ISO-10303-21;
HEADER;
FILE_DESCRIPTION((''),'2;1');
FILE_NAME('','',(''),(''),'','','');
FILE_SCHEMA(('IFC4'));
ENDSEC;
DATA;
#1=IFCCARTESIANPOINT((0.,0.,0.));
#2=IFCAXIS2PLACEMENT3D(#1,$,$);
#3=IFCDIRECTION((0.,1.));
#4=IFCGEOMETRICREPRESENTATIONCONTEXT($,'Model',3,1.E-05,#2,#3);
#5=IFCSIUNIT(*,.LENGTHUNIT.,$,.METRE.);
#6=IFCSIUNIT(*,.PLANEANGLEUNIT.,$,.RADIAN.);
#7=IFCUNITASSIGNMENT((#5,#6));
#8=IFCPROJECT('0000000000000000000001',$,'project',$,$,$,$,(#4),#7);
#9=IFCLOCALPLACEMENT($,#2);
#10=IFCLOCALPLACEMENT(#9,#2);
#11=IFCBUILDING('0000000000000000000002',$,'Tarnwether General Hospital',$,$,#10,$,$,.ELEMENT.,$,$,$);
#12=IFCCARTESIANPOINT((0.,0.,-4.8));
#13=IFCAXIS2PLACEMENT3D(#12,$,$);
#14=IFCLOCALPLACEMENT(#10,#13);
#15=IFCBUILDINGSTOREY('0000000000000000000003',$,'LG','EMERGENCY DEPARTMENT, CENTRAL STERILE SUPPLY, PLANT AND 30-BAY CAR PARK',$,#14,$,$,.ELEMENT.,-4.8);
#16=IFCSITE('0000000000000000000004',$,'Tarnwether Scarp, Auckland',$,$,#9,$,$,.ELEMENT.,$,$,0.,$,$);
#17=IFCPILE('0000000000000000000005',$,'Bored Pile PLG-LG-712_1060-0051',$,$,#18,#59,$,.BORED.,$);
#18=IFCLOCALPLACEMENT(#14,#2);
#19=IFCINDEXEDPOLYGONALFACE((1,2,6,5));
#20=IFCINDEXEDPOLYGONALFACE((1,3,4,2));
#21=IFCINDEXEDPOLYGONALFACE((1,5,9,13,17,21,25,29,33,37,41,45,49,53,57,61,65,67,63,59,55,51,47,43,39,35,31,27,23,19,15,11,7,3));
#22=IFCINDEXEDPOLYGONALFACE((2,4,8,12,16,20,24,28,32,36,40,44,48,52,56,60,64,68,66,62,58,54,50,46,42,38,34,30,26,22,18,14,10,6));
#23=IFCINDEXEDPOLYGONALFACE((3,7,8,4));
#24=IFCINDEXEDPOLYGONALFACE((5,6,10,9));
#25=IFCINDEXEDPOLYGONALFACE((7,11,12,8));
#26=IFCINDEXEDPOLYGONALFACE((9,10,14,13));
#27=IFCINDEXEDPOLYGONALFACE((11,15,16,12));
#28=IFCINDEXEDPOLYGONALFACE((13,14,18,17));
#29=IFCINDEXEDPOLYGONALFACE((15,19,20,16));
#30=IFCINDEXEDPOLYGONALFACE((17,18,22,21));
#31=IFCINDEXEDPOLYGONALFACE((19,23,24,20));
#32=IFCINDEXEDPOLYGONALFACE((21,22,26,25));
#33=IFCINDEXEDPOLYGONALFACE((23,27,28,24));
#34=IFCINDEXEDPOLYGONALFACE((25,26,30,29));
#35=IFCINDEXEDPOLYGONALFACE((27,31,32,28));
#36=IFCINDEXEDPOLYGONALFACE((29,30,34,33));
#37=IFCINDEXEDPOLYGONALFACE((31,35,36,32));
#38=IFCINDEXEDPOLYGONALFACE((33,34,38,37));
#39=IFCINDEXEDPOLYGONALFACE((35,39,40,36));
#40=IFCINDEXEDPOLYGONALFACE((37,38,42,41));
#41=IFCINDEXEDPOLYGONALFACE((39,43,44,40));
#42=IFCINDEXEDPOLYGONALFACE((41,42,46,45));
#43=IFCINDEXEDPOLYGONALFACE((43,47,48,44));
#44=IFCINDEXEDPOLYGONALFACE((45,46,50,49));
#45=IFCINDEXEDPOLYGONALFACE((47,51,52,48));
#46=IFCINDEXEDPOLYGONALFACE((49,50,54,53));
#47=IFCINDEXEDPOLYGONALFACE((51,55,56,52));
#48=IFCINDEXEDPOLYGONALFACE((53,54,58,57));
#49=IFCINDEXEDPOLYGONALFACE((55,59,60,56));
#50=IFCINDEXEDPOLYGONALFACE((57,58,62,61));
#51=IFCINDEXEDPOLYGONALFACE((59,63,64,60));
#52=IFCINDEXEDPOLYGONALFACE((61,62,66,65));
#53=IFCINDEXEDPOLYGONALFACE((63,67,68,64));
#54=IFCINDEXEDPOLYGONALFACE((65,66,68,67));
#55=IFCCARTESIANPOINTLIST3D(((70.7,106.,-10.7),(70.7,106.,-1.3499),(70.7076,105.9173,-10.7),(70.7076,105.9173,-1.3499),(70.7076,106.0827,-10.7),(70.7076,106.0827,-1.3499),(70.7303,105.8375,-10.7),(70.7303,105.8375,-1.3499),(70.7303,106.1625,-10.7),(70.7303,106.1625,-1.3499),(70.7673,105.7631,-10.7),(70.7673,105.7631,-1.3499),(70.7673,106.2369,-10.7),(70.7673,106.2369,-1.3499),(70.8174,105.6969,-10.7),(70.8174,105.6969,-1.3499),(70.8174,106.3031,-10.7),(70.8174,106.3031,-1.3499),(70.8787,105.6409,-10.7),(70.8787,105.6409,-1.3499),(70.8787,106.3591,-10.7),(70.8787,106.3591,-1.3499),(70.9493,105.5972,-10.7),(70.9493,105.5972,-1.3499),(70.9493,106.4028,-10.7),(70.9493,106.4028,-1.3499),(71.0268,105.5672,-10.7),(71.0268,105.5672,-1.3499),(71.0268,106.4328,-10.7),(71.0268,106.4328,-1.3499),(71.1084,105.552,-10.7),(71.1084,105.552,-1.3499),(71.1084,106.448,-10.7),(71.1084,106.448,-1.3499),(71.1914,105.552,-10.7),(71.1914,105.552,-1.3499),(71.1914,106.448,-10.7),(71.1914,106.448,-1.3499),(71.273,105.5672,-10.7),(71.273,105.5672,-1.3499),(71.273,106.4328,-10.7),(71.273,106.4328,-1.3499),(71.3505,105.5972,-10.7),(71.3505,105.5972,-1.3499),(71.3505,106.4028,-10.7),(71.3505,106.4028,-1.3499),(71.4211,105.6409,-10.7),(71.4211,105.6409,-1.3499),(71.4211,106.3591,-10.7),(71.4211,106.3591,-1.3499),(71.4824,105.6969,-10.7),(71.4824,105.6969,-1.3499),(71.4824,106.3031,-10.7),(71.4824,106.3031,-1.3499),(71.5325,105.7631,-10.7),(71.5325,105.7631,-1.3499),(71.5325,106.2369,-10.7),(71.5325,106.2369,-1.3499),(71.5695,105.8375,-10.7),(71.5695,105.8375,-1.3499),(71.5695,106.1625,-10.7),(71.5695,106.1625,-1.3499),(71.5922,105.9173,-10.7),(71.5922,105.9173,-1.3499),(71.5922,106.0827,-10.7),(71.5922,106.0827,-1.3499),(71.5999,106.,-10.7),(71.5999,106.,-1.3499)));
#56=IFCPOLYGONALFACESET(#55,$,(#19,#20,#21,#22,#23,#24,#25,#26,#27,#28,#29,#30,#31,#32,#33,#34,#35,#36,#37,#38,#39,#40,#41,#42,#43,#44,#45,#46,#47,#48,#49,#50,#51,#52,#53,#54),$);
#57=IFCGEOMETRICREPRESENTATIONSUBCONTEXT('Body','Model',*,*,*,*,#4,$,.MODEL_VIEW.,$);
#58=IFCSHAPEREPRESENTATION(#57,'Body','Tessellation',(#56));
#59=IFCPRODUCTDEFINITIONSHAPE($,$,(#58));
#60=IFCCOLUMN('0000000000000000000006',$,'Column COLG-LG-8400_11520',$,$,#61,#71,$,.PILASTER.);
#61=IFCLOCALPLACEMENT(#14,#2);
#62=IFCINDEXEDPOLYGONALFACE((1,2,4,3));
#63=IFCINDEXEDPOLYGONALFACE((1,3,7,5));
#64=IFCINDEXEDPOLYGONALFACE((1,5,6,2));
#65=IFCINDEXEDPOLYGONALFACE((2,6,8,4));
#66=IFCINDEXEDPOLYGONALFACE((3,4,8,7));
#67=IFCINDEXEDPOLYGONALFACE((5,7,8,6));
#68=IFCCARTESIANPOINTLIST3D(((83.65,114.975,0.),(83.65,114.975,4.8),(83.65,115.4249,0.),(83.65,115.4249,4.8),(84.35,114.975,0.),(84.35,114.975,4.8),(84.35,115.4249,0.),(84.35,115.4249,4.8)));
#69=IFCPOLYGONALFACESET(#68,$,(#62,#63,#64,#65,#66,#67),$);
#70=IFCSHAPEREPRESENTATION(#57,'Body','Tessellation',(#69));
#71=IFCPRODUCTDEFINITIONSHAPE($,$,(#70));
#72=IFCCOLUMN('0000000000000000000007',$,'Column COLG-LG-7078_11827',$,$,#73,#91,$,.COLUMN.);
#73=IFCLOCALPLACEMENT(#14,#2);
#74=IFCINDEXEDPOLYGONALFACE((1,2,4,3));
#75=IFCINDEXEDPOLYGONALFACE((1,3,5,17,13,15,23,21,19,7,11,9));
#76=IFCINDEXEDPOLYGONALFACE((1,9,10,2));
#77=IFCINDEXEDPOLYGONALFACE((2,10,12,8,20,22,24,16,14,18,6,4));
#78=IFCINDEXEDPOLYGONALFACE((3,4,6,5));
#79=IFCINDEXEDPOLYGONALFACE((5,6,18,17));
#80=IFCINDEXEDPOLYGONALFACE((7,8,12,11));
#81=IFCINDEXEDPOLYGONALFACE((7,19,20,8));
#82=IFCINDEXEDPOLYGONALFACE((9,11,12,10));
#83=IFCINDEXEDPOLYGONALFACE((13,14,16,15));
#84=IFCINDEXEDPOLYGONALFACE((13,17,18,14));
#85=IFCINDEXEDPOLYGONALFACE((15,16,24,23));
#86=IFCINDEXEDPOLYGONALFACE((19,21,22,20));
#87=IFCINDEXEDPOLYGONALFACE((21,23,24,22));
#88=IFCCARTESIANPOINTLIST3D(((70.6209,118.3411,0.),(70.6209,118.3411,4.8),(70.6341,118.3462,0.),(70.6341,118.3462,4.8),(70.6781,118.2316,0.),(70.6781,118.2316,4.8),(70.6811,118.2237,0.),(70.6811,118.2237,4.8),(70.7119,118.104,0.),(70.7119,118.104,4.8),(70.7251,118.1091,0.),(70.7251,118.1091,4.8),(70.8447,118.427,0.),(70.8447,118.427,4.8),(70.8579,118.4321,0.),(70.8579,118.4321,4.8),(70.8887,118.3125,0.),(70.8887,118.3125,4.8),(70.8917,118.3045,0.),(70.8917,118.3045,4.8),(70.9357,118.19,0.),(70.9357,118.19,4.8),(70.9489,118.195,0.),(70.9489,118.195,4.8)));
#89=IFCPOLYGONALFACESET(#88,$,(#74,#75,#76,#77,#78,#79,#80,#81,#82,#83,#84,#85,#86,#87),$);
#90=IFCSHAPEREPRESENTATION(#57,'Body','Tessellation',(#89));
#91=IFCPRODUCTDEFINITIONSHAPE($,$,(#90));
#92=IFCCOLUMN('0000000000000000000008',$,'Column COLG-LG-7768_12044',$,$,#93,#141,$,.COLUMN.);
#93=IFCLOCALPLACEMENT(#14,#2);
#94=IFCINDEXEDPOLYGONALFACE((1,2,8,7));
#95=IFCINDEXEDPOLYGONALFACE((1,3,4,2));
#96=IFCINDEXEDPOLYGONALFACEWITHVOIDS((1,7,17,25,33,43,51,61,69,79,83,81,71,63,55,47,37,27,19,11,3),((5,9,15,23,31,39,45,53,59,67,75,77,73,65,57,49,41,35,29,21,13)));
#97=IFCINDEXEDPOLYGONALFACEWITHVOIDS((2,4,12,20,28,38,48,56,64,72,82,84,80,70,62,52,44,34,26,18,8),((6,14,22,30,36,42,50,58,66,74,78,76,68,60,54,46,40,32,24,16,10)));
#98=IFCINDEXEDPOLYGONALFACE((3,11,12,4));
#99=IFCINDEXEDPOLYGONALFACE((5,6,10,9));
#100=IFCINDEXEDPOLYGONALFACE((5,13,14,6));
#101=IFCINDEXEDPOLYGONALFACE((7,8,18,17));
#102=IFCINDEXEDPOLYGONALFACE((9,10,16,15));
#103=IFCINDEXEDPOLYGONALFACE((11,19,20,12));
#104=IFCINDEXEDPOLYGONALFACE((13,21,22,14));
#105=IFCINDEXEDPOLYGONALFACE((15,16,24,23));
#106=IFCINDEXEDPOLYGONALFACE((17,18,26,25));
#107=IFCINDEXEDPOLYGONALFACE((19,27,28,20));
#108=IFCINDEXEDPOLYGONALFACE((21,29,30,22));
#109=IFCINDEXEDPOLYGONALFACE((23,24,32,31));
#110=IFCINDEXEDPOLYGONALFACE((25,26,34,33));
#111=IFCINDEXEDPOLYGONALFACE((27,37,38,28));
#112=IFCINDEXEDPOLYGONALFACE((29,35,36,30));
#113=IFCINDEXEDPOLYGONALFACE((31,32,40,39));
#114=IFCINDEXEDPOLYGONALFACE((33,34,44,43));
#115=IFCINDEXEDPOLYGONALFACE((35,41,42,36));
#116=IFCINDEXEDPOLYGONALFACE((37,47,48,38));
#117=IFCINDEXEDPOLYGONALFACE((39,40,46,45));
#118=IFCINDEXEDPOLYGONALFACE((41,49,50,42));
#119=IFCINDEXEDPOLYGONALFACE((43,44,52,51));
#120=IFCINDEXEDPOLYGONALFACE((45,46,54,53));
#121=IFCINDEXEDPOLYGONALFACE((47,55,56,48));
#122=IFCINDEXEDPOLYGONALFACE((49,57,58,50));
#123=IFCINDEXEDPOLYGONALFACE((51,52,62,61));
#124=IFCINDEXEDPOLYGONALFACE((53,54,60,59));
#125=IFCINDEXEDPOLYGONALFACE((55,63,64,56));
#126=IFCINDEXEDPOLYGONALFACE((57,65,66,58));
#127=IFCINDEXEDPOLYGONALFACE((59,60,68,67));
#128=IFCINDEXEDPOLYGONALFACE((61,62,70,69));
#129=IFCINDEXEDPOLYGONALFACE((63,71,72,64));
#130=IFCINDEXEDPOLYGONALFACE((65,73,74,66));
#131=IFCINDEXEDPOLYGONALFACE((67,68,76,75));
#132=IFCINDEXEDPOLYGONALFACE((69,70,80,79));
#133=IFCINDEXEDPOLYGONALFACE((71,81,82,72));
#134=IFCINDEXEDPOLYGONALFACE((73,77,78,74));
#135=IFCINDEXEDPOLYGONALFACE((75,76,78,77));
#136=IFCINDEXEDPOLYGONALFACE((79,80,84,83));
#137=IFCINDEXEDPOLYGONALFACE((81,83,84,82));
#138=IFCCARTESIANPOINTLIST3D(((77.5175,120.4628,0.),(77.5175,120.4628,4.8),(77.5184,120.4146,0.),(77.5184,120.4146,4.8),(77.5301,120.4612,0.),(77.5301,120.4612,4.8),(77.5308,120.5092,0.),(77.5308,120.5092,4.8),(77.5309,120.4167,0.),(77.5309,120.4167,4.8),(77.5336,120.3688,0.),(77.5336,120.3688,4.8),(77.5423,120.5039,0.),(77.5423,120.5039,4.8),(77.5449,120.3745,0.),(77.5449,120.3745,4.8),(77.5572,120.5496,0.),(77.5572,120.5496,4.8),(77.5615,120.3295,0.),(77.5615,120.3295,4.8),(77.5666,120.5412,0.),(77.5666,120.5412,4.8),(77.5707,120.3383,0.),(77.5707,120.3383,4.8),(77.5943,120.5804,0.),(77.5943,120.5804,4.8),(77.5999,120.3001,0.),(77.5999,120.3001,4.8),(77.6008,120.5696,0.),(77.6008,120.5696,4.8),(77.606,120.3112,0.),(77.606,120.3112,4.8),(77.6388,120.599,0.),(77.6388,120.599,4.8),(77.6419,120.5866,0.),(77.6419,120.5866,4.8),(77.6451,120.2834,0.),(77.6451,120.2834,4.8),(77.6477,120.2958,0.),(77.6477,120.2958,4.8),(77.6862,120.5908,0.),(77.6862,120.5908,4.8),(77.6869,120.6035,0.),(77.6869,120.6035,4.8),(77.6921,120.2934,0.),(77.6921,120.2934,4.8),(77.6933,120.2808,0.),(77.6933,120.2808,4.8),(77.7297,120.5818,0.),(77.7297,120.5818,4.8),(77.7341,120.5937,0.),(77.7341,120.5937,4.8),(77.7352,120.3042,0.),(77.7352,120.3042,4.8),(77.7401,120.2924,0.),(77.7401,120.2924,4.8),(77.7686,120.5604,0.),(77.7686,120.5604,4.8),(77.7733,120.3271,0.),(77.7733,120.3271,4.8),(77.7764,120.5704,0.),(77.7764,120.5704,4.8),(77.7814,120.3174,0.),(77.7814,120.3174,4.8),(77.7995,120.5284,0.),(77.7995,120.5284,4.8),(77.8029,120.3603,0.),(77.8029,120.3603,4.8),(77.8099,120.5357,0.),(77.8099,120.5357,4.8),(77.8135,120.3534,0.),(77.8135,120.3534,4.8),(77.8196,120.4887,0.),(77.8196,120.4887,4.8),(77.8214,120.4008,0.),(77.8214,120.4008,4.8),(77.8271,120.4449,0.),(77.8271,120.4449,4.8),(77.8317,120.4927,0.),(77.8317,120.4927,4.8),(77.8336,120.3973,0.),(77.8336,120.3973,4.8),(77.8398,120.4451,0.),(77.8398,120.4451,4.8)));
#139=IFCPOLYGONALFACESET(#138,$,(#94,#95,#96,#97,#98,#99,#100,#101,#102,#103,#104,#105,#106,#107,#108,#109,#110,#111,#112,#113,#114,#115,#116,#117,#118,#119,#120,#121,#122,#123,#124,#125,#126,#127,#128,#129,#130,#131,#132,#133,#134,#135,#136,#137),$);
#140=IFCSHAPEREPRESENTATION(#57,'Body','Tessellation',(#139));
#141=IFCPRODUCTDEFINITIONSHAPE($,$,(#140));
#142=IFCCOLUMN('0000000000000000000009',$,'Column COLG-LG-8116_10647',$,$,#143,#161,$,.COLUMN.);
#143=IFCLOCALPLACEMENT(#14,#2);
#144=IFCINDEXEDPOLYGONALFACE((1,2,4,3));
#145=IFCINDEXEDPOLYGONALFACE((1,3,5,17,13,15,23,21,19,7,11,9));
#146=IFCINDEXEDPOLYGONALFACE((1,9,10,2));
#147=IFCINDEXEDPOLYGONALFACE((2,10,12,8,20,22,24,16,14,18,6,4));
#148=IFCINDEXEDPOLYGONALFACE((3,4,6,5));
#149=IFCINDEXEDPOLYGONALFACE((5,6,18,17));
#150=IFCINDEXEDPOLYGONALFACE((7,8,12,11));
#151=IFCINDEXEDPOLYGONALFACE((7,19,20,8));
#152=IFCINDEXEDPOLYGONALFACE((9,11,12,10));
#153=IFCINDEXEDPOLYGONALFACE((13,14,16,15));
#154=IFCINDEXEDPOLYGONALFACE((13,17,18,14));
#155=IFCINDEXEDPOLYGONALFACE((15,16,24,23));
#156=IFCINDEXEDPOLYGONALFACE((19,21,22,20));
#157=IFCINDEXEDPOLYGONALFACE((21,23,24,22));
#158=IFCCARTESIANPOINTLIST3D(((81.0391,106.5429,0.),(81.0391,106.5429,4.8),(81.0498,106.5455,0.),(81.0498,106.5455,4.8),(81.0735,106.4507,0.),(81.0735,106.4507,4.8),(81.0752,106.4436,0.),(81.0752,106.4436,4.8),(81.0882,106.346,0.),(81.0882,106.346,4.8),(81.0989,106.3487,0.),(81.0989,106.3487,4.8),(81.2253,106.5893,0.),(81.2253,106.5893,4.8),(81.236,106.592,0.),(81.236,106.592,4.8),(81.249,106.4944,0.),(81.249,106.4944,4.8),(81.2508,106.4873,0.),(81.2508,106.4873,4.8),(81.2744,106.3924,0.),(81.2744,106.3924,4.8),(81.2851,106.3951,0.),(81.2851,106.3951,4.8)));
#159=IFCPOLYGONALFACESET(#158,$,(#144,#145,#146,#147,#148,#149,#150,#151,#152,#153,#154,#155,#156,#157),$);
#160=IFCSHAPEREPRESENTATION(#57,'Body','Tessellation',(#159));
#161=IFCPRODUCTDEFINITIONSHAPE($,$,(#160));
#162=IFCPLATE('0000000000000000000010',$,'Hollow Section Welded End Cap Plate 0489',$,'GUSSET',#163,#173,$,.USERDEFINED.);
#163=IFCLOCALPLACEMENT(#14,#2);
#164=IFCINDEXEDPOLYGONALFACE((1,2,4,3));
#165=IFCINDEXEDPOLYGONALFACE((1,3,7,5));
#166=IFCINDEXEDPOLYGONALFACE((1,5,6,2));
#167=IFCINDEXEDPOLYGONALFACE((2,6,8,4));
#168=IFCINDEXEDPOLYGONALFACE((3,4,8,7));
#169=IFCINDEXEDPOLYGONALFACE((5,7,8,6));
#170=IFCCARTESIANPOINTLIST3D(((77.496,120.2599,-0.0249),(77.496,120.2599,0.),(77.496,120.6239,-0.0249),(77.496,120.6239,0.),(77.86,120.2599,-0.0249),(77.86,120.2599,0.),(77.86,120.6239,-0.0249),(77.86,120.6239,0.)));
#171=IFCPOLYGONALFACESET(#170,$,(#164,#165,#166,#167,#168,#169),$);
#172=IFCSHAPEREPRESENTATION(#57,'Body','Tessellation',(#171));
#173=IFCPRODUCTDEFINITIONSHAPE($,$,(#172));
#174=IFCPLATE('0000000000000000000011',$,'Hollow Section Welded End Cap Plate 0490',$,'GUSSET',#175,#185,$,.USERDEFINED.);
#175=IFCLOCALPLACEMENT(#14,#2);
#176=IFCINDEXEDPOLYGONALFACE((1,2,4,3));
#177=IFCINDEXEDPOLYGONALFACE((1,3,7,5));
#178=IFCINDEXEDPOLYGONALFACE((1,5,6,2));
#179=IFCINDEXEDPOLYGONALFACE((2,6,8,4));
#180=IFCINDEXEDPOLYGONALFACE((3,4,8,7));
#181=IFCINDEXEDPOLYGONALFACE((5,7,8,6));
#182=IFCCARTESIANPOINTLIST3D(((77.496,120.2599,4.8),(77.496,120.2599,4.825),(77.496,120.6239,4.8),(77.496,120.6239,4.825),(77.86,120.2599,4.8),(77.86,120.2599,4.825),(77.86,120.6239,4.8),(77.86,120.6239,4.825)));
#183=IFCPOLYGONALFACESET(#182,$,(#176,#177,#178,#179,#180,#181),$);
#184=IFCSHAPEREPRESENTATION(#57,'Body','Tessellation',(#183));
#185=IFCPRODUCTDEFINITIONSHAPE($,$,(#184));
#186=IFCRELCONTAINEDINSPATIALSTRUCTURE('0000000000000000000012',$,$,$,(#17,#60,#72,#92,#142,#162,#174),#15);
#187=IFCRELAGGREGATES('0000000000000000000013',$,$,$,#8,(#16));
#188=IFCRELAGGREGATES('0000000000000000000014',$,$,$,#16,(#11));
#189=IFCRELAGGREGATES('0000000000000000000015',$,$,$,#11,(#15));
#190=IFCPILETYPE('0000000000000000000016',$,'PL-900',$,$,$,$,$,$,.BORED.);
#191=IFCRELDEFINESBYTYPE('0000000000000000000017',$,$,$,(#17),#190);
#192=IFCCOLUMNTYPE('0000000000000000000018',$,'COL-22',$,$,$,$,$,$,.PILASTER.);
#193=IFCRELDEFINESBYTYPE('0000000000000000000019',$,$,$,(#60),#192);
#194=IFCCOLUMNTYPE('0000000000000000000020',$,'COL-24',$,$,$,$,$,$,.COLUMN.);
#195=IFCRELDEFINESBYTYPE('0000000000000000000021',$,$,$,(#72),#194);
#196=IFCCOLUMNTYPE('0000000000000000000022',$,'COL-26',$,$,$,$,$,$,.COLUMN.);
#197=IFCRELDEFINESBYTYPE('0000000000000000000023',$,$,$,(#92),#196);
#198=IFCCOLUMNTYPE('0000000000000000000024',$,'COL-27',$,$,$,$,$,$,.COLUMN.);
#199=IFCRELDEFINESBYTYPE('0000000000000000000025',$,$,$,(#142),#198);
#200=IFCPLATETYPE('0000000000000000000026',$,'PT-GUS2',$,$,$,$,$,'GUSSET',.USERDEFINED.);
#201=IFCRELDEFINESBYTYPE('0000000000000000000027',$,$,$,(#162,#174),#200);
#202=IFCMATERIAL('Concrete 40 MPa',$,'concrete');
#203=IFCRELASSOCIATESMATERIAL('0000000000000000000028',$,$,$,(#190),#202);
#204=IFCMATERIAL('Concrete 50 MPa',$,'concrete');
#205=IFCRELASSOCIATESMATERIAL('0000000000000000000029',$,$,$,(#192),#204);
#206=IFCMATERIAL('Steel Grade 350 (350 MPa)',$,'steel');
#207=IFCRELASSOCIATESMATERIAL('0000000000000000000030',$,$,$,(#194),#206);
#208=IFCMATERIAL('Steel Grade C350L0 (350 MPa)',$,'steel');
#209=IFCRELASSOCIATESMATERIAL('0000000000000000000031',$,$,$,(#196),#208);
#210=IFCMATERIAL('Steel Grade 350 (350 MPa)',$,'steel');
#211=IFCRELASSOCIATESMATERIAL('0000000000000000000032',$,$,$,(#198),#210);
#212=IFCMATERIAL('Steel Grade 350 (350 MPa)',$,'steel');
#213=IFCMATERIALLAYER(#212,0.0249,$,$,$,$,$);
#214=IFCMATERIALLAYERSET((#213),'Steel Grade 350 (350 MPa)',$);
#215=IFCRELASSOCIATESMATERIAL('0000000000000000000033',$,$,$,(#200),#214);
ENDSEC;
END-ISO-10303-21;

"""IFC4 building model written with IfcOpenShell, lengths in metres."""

from ifc_helpers import new_model, si_unit, direction, frame, origin, origin_2d, place, context, subcontext, project, spatial, rectangle, circle, hollow_circle, i_section, extrude, material, layer, layer_set, material_profile, profile_set, type_object, element, save


model = new_model("IFC4")

# Units and contexts
model_context = context("Model", 3, precision=1e-05, world=origin(), true_north=direction((0.0, 1.0)))
body_context = subcontext(model_context, "Body", "Model", "MODEL_VIEW")
ifc_project = project(units=[si_unit("LENGTHUNIT", "METRE"), si_unit("PLANEANGLEUNIT", "RADIAN")], contexts=[model_context])

# Site, building, storey
site_placement = place(None, origin())
site = spatial("IfcSite", under=ifc_project, at=site_placement, Name="Tarnwether Scarp, Auckland", CompositionType="ELEMENT", RefElevation=0.0)
building_placement = place(site_placement, origin())
building = spatial("IfcBuilding", under=site, at=building_placement, Name="Tarnwether General Hospital", CompositionType="ELEMENT")
storey_placement = place(building_placement, frame((0.0, 0.0, -4.8)))
storey = spatial("IfcBuildingStorey", under=building, at=storey_placement, Name="LG", Description="EMERGENCY DEPARTMENT, CENTRAL STERILE SUPPLY, PLANT AND 30-BAY CAR PARK", CompositionType="ELEMENT", Elevation=-4.8)

# Pile
ifc_material_1 = material(Name="Concrete 40 MPa", Category="concrete")
ifc_material_profile_1 = material_profile(ifc_material_1, circle(Radius=0.45, at=origin_2d()), Name="PILE-D900")
ifc_profile_set_1 = profile_set([ifc_material_profile_1], Name="Concrete 40 MPa")
pile_type_1 = type_object("IfcPileType", Name="PL-900", PredefinedType="BORED", material=ifc_profile_set_1)
pile_placement = place(storey_placement, frame((71.1499, 106.0, -1.3499), z_axis=(0.0, 0.0, -1.0), x_axis=(1.0, 0.0, 0.0)))
element("IfcPile", 1, at=pile_placement, inside=storey, type_object=pile_type_1, Name="Bored Pile PLG-LG-712_1060-0051", PredefinedType="BORED", context=body_context, shape_type="SweptSolid", body=[
    extrude(circle(Radius=0.45, at=origin_2d()), origin(), (0.0, 0.0, 1.0), 9.3501),
])

# Columns
ifc_material_2 = material(Name="Concrete 50 MPa", Category="concrete")
ifc_material_profile_2 = material_profile(ifc_material_2, rectangle(XDim=0.45, YDim=0.7, at=origin_2d()), Name="RC-PIL-450x700")
ifc_profile_set_2 = profile_set([ifc_material_profile_2], Name="Concrete 50 MPa")
column_type_1 = type_object("IfcColumnType", Name="COL-22", PredefinedType="PILASTER", material=ifc_profile_set_2)
column_1_placement = place(storey_placement, frame((84.0, 115.2, 0.0), z_axis=(0.0, 0.0, 1.0), x_axis=(0.0, 1.0, 0.0)))
element("IfcColumn", 2, at=column_1_placement, inside=storey, type_object=column_type_1, Name="Column COLG-LG-8400_11520", PredefinedType="PILASTER", context=body_context, shape_type="SweptSolid", body=[
    extrude(rectangle(XDim=0.45, YDim=0.7, at=origin_2d()), origin(), (0.0, 0.0, 1.0), 4.8),
])
ifc_material_3 = material(Name="Steel Grade 350 (350 MPa)", Category="steel")
ifc_material_profile_3 = material_profile(ifc_material_3, i_section(OverallWidth=0.2539, OverallDepth=0.2539, WebThickness=0.0085, FlangeThickness=0.0142, at=origin_2d()), Name="250UC72.9")
ifc_profile_set_3 = profile_set([ifc_material_profile_3], Name="Steel Grade 350 (350 MPa)")
column_type_2 = type_object("IfcColumnType", Name="COL-24", PredefinedType="COLUMN", material=ifc_profile_set_3)
column_2_placement = place(storey_placement, frame((70.7849, 118.2681, 0.0), z_axis=(0.0, 0.0, 1.0), x_axis=(-0.358368, 0.93358, 0.0)))
element("IfcColumn", 3, at=column_2_placement, inside=storey, type_object=column_type_2, Name="Column COLG-LG-7078_11827", PredefinedType="COLUMN", context=body_context, shape_type="SweptSolid", body=[
    extrude(i_section(OverallWidth=0.2539, OverallDepth=0.2539, WebThickness=0.0085, FlangeThickness=0.0142, at=origin_2d()), origin(), (0.0, 0.0, 1.0), 4.8),
])
ifc_material_4 = material(Name="Steel Grade C350L0 (350 MPa)", Category="steel")
ifc_material_profile_4 = material_profile(ifc_material_4, hollow_circle(Radius=0.1619, WallThickness=0.0127, at=origin_2d()), Name="CHS323.9x12.7")
ifc_profile_set_4 = profile_set([ifc_material_profile_4], Name="Steel Grade C350L0 (350 MPa)")
column_type_3 = type_object("IfcColumnType", Name="COL-26", PredefinedType="COLUMN", material=ifc_profile_set_4)
column_3_placement = place(storey_placement, frame((77.678, 120.4419, 0.0), z_axis=(0.0, 0.0, 1.0), x_axis=(-0.241922, 0.970296, 0.0)))
element("IfcColumn", 4, at=column_3_placement, inside=storey, type_object=column_type_3, Name="Column COLG-LG-7768_12044", PredefinedType="COLUMN", context=body_context, shape_type="SweptSolid", body=[
    extrude(hollow_circle(Radius=0.1619, WallThickness=0.0127, at=origin_2d()), origin(), (0.0, 0.0, 1.0), 4.8),
])
ifc_material_5 = material(Name="Steel Grade 350 (350 MPa)", Category="steel")
ifc_material_profile_5 = material_profile(ifc_material_5, i_section(OverallWidth=0.2029, OverallDepth=0.2029, WebThickness=0.0073, FlangeThickness=0.011, at=origin_2d()), Name="200UC46.2")
ifc_profile_set_5 = profile_set([ifc_material_profile_5], Name="Steel Grade 350 (350 MPa)")
column_type_4 = type_object("IfcColumnType", Name="COL-27", PredefinedType="COLUMN", material=ifc_profile_set_5)
column_4_placement = place(storey_placement, frame((81.1621, 106.469, 0.0), z_axis=(0.0, 0.0, 1.0), x_axis=(-0.241922, 0.970296, 0.0)))
element("IfcColumn", 5, at=column_4_placement, inside=storey, type_object=column_type_4, Name="Column COLG-LG-8116_10647", PredefinedType="COLUMN", context=body_context, shape_type="SweptSolid", body=[
    extrude(i_section(OverallWidth=0.2029, OverallDepth=0.2029, WebThickness=0.0073, FlangeThickness=0.011, at=origin_2d()), origin(), (0.0, 0.0, 1.0), 4.8),
])

# Plates
ifc_material_6 = material(Name="Steel Grade 350 (350 MPa)", Category="steel")
ifc_layer_1 = layer(ifc_material_6, 0.0249)
ifc_layer_set_1 = layer_set([ifc_layer_1], Name="Steel Grade 350 (350 MPa)")
plate_type = type_object("IfcPlateType", Name="PT-GUS2", ElementType="GUSSET", PredefinedType="USERDEFINED", material=ifc_layer_set_1)
for number, where, z_axis, x_axis, name in (
    (6, (77.678, 120.4419, -0.0249), (0.0, 0.0, 1.0), (1.0, 0.0, 0.0), "Hollow Section Welded End Cap Plate 0489"),
    (7, (77.678, 120.4419, 4.8), (0.0, 0.0, 1.0), (1.0, 0.0, 0.0), "Hollow Section Welded End Cap Plate 0490"),
):
    element("IfcPlate", number, at=place(storey_placement, frame(where, z_axis=z_axis, x_axis=x_axis)), inside=storey, type_object=plate_type, Name=name, ObjectType="GUSSET", PredefinedType="USERDEFINED", context=body_context, shape_type="SweptSolid", body=[
        extrude(rectangle(XDim=0.364, YDim=0.364, at=origin_2d()), origin(), (0.0, 0.0, 1.0), 0.0249),
    ])

save(model, "model.ifc")
